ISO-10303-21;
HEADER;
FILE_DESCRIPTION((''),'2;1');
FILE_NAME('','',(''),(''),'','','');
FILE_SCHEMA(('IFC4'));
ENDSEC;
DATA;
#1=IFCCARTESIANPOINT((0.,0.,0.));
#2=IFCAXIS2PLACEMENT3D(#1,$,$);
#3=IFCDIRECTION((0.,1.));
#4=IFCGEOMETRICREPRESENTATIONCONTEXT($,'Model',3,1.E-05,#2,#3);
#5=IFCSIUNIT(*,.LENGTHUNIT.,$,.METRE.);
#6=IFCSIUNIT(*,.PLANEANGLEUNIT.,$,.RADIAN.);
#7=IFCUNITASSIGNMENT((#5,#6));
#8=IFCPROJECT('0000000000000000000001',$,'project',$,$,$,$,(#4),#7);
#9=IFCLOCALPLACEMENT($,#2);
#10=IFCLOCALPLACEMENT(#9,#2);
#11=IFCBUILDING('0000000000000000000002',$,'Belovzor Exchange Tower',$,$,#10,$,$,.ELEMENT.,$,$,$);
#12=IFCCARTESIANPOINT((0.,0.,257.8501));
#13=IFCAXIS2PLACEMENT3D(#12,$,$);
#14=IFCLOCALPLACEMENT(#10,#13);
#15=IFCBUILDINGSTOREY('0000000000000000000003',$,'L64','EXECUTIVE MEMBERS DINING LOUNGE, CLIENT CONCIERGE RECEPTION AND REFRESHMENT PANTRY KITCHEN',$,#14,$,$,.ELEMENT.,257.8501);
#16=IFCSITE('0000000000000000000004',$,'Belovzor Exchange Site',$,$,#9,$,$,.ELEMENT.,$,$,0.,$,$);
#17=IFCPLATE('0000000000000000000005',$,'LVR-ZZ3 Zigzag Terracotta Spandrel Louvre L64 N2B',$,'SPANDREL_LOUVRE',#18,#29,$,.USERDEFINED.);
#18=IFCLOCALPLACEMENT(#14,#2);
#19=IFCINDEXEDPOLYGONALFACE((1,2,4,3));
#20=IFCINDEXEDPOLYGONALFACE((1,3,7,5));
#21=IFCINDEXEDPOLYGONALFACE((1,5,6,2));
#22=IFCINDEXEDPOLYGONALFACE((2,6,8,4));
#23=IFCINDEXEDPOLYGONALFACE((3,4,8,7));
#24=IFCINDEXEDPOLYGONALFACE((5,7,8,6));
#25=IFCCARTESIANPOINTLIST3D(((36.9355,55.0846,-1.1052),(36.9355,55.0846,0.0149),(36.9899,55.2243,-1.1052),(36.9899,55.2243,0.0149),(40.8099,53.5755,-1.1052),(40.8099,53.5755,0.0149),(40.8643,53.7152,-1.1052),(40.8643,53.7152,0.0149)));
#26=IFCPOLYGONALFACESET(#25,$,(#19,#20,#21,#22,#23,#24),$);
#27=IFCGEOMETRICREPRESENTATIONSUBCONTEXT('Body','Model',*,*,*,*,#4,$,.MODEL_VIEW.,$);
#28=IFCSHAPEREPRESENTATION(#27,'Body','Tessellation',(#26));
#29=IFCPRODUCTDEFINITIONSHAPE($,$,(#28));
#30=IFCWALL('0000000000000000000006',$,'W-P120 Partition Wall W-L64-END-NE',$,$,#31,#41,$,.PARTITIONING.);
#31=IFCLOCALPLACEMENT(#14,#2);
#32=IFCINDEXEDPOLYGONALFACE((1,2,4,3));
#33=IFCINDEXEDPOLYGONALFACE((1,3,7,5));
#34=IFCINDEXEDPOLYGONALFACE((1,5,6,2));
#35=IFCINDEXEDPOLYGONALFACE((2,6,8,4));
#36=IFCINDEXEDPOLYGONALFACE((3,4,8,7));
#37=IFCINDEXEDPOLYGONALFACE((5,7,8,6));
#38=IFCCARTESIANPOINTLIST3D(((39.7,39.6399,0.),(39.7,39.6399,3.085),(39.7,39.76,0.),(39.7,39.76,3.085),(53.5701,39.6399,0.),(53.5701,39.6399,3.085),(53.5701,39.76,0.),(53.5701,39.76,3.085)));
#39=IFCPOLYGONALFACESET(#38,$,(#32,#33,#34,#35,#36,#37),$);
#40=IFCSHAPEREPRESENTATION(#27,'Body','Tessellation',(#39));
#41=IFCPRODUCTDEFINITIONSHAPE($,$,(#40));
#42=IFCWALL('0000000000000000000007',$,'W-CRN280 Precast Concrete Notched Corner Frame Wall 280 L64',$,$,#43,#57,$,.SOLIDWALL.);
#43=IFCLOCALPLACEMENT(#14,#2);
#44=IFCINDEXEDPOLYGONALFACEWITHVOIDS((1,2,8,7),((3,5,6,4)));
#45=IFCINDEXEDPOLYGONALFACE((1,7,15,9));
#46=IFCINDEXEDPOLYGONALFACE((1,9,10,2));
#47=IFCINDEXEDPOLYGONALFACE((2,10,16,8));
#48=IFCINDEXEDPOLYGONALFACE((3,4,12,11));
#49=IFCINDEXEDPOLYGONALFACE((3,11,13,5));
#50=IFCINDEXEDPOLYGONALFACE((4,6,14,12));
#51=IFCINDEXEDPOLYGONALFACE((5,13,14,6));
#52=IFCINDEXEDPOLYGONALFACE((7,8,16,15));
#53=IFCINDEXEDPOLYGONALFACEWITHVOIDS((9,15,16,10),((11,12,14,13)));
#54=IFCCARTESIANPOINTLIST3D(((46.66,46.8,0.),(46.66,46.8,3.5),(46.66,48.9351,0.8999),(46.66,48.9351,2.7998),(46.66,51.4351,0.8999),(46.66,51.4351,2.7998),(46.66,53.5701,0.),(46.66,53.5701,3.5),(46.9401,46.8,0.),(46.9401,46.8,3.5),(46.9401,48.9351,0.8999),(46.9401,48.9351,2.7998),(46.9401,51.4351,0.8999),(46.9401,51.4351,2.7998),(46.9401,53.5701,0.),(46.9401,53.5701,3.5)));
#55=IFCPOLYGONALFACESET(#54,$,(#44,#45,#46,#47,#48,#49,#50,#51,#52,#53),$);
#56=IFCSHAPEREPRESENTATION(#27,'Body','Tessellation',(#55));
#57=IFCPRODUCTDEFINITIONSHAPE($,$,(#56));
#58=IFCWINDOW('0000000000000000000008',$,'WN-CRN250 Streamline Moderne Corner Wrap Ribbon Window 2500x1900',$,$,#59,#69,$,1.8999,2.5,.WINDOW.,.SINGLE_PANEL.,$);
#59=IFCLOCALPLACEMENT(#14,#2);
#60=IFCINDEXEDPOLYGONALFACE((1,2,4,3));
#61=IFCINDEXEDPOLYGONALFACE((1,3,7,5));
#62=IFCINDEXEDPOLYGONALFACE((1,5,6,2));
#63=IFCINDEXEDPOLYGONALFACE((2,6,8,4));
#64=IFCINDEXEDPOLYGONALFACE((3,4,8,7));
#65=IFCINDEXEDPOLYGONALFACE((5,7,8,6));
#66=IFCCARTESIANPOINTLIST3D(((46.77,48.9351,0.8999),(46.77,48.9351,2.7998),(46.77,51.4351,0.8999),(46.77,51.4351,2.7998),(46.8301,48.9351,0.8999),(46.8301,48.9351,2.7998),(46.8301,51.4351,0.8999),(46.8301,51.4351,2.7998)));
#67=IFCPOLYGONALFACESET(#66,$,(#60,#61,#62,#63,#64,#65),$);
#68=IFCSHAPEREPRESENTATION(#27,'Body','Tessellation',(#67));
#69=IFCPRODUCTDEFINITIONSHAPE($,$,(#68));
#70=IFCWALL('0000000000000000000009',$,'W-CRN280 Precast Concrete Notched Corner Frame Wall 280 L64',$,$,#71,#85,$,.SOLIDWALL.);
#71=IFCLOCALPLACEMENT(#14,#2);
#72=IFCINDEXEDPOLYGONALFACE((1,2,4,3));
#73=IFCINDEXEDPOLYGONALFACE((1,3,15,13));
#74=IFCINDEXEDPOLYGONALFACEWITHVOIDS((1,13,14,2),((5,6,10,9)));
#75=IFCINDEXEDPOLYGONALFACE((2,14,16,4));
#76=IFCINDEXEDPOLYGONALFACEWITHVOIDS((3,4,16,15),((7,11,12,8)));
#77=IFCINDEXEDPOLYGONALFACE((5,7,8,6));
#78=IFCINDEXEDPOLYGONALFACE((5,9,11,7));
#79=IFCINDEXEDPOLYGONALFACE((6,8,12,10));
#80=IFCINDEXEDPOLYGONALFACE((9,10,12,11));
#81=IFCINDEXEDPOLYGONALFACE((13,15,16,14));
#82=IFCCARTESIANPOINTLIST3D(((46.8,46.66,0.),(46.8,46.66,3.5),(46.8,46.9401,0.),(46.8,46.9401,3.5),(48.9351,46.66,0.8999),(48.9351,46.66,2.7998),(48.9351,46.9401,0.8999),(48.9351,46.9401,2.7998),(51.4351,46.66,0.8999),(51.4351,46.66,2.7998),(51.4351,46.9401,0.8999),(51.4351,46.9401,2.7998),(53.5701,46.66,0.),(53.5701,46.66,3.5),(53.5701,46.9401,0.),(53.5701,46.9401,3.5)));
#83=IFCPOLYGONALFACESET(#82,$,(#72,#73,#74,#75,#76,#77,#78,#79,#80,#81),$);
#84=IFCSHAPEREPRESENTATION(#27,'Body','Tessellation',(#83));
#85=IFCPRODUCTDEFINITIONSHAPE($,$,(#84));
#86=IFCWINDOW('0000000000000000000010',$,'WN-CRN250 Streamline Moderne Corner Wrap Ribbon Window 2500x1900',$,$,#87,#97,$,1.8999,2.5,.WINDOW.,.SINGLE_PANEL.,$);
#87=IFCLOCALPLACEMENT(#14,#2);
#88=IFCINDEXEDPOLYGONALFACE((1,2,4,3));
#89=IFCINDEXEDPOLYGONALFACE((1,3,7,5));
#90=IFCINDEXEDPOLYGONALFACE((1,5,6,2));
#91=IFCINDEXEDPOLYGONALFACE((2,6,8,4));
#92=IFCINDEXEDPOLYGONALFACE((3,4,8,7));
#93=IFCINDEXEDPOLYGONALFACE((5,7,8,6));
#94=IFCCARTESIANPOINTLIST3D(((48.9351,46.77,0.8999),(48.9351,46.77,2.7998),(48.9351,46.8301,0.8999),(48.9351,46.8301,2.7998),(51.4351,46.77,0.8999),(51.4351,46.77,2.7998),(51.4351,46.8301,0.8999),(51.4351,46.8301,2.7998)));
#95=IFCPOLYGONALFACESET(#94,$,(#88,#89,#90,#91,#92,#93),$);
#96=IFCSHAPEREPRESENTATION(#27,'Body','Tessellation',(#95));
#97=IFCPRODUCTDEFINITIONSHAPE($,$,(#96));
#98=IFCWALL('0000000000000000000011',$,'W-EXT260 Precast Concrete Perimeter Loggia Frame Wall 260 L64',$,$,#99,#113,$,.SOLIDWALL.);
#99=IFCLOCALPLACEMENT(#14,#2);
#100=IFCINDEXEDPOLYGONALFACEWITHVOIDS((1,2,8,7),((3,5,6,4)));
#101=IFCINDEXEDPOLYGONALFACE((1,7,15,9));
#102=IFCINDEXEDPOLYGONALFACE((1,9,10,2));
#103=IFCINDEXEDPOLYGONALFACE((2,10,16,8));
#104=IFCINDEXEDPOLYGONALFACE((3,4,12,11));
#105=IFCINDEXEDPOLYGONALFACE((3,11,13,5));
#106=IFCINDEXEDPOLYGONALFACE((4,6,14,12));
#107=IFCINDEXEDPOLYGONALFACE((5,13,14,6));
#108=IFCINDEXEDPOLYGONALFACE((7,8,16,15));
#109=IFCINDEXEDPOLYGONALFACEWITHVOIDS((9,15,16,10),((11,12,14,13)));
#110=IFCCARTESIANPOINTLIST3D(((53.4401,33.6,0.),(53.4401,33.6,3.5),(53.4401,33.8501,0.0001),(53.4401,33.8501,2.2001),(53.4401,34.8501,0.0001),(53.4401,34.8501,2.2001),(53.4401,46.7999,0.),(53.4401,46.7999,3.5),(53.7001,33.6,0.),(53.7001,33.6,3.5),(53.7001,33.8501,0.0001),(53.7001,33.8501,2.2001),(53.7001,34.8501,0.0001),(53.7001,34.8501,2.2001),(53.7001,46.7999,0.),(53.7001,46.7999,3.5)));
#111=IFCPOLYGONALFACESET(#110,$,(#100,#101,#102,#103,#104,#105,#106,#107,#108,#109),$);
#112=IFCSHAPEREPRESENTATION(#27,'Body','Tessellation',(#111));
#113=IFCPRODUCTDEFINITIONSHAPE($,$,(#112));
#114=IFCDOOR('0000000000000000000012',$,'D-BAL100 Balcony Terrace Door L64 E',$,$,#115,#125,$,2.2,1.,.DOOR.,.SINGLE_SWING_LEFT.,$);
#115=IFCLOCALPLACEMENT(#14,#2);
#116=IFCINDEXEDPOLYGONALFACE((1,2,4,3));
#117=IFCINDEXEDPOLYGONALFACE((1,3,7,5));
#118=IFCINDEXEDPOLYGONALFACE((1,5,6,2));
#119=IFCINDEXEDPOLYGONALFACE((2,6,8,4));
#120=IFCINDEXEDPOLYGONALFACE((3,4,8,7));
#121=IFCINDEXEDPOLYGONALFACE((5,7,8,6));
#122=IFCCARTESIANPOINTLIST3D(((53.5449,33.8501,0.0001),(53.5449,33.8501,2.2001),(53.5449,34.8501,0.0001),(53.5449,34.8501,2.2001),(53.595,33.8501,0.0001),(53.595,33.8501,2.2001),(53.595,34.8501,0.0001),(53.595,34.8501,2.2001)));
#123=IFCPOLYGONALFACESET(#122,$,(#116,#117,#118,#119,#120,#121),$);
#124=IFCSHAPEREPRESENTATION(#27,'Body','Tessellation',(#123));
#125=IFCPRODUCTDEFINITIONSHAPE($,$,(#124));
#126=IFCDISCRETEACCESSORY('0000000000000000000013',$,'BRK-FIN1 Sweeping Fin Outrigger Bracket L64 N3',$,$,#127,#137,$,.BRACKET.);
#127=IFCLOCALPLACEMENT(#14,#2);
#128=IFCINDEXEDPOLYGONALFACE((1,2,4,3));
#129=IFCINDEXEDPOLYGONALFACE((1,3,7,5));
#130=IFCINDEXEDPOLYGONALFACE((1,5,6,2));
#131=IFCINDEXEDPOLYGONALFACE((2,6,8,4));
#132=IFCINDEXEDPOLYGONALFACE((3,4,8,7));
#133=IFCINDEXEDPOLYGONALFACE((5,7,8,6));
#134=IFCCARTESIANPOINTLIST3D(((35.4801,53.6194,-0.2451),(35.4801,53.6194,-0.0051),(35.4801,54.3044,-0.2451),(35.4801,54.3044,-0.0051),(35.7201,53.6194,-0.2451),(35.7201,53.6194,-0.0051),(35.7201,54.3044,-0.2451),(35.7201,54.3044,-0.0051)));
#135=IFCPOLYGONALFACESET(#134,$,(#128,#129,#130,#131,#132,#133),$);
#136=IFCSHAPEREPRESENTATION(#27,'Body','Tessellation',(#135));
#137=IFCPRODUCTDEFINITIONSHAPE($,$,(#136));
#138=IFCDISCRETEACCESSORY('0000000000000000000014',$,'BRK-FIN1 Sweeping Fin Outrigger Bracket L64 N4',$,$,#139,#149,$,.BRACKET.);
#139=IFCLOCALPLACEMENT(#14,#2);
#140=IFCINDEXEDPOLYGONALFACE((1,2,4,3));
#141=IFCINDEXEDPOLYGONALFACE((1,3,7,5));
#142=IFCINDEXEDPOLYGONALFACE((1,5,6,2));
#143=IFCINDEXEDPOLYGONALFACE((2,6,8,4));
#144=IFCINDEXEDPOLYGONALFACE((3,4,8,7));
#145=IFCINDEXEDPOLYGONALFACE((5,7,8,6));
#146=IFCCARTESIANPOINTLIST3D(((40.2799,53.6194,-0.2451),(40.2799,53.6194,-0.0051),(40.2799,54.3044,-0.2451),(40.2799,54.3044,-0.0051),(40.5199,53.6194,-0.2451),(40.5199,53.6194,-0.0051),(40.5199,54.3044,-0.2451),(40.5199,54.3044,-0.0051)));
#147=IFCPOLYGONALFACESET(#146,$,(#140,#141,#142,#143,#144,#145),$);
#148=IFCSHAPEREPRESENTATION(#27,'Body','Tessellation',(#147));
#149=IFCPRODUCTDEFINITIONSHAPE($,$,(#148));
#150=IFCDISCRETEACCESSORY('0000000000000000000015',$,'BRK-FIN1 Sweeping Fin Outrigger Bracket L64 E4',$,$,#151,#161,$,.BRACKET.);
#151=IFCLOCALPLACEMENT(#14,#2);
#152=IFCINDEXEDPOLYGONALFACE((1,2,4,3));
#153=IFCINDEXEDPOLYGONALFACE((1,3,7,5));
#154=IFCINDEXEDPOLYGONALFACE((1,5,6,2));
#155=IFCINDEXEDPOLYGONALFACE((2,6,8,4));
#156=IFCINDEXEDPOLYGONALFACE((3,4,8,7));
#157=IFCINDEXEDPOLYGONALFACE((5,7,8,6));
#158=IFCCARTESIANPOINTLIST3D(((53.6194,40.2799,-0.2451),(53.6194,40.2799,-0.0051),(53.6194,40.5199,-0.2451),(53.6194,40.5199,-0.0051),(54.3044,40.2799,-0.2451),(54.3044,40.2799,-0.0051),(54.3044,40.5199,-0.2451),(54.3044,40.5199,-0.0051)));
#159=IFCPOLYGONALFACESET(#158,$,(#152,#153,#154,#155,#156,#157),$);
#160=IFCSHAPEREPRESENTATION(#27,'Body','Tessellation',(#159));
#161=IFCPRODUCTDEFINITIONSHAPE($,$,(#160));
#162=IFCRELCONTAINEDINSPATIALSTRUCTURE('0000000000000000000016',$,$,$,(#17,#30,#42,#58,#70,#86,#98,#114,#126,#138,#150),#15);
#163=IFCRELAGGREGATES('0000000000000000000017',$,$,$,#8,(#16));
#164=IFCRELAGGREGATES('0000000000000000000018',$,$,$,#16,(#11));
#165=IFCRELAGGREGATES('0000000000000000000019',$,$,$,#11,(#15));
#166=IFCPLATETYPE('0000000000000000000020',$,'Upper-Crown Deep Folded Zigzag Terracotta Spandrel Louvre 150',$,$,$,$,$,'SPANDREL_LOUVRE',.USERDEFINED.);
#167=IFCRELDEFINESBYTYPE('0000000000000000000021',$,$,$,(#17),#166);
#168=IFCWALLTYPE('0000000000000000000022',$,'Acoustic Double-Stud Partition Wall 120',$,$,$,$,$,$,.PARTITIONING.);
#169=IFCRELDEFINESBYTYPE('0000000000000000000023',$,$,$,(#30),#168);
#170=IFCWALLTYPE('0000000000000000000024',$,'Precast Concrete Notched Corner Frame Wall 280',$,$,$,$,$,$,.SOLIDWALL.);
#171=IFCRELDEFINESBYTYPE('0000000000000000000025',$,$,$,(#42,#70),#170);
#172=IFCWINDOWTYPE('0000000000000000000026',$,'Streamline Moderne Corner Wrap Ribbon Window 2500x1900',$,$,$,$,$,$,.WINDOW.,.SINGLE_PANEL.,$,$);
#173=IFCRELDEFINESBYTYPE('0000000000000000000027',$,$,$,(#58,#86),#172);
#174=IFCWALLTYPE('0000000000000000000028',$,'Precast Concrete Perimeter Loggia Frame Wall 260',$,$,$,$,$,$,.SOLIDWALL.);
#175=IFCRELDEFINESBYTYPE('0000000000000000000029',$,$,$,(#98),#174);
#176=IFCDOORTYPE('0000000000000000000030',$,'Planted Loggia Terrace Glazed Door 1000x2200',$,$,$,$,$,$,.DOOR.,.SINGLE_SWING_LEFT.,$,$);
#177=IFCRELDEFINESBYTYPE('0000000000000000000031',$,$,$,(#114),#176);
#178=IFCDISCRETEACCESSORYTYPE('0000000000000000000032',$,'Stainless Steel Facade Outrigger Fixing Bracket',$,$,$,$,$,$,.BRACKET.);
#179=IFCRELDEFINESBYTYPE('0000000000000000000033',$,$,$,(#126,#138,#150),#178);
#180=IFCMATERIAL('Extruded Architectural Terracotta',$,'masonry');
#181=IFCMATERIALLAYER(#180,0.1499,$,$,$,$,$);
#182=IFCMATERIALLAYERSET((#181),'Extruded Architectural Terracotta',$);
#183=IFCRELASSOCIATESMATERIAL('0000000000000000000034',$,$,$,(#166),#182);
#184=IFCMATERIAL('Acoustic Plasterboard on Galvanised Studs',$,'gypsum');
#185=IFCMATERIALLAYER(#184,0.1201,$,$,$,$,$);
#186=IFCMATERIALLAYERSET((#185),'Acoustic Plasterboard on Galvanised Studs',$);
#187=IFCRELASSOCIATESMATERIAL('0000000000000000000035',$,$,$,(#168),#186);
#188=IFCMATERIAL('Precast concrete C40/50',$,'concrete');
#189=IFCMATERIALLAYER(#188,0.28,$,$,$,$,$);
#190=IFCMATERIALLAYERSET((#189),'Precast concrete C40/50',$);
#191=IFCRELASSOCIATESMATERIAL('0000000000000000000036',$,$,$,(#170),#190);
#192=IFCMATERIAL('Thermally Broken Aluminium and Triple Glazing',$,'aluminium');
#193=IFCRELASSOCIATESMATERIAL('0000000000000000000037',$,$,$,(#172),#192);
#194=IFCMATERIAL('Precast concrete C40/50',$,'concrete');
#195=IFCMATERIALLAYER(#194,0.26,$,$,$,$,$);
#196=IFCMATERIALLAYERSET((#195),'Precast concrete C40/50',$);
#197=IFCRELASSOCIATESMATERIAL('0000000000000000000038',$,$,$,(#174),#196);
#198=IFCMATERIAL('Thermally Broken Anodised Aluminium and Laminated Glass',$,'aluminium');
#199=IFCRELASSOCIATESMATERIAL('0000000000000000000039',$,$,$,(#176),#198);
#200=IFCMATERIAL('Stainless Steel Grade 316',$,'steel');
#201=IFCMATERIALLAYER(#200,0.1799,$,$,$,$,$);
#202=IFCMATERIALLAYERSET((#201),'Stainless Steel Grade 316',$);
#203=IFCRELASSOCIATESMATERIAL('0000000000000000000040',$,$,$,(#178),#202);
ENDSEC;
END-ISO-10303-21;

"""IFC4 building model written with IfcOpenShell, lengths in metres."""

from ifc_helpers import new_model, si_unit, direction, frame, frame_2d, origin, origin_2d, place, context, subcontext, project, spatial, rectangle, extrude, material, layer, layer_set, type_object, element, fill, save


model = new_model("IFC4")

# Units and contexts
model_context = context("Model", 3, precision=1e-05, world=origin(), true_north=direction((0.0, 1.0)))
body_context = subcontext(model_context, "Body", "Model", "MODEL_VIEW")
ifc_project = project(units=[si_unit("LENGTHUNIT", "METRE"), si_unit("PLANEANGLEUNIT", "RADIAN")], contexts=[model_context])

# Site, building, storey
site_placement = place(None, origin())
site = spatial("IfcSite", under=ifc_project, at=site_placement, Name="Belovzor Exchange Site", CompositionType="ELEMENT", RefElevation=0.0)
building_placement = place(site_placement, origin())
building = spatial("IfcBuilding", under=site, at=building_placement, Name="Belovzor Exchange Tower", CompositionType="ELEMENT")
storey_placement = place(building_placement, frame((0.0, 0.0, 257.8501)))
storey = spatial("IfcBuildingStorey", under=building, at=storey_placement, Name="L64", Description="EXECUTIVE MEMBERS DINING LOUNGE, CLIENT CONCIERGE RECEPTION AND REFRESHMENT PANTRY KITCHEN", CompositionType="ELEMENT", Elevation=257.8501)

# Plate
ifc_material_1 = material(Name="Extruded Architectural Terracotta", Category="masonry")
ifc_layer_1 = layer(ifc_material_1, 0.1499)
ifc_layer_set_1 = layer_set([ifc_layer_1], Name="Extruded Architectural Terracotta")
plate_type = type_object("IfcPlateType", Name="Upper-Crown Deep Folded Zigzag Terracotta Spandrel Louvre 150", ElementType="SPANDREL_LOUVRE", PredefinedType="USERDEFINED", material=ifc_layer_set_1)
plate_placement = place(storey_placement, frame((38.8999, 54.3999, -1.1052), z_axis=(0.0, 0.0, 1.0), x_axis=(0.931818, -0.362926, 0.0)))
element("IfcPlate", 1, at=plate_placement, inside=storey, type_object=plate_type, Name="LVR-ZZ3 Zigzag Terracotta Spandrel Louvre L64 N2B", ObjectType="SPANDREL_LOUVRE", PredefinedType="USERDEFINED", context=body_context, shape_type="SweptSolid", body=[
    extrude(rectangle(XDim=4.158, YDim=0.1499, at=origin_2d()), origin(), (0.0, 0.0, 1.0), 1.1201),
])

# Wall
ifc_material_2 = material(Name="Acoustic Plasterboard on Galvanised Studs", Category="gypsum")
ifc_layer_2 = layer(ifc_material_2, 0.1201)
ifc_layer_set_2 = layer_set([ifc_layer_2], Name="Acoustic Plasterboard on Galvanised Studs")
wall_type_1 = type_object("IfcWallType", Name="Acoustic Double-Stud Partition Wall 120", PredefinedType="PARTITIONING", material=ifc_layer_set_2)
wall_1_placement = place(storey_placement, frame((39.7, 39.7, 0.0), z_axis=(0.0, 0.0, 1.0), x_axis=(1.0, 0.0, 0.0)))
element("IfcWall", 2, at=wall_1_placement, inside=storey, type_object=wall_type_1, Name="W-P120 Partition Wall W-L64-END-NE", PredefinedType="PARTITIONING", context=body_context, shape_type="SweptSolid", body=[
    extrude(rectangle(XDim=13.8701, YDim=0.1201, at=frame_2d((6.9351, 0.0))), origin(), (0.0, 0.0, 1.0), 3.085),
])

# Walls, openings, windows
ifc_material_3 = material(Name="Precast concrete C40/50", Category="concrete")
ifc_layer_3 = layer(ifc_material_3, 0.28)
ifc_layer_set_3 = layer_set([ifc_layer_3], Name="Precast concrete C40/50")
wall_type_2 = type_object("IfcWallType", Name="Precast Concrete Notched Corner Frame Wall 280", PredefinedType="SOLIDWALL", material=ifc_layer_set_3)
wall_2_placement = place(storey_placement, frame((46.8, 53.5701, 0.0), z_axis=(0.0, 0.0, 1.0), x_axis=(0.0, -1.0, 0.0)))
wall_2 = element("IfcWall", 3, at=wall_2_placement, inside=storey, type_object=wall_type_2, Name="W-CRN280 Precast Concrete Notched Corner Frame Wall 280 L64", PredefinedType="SOLIDWALL", context=body_context, shape_type="SweptSolid", body=[
    extrude(rectangle(XDim=6.77, YDim=0.28, at=frame_2d((3.385, 0.0))), origin(), (0.0, 0.0, 1.0), 3.5),
])
opening_1_placement = place(wall_2_placement, frame((2.135, 0.0, 0.8999)))
opening_1 = element("IfcOpeningElement", 4, at=opening_1_placement, cuts=wall_2, PredefinedType="OPENING", context=body_context, shape_type="SweptSolid", body=[
    extrude(rectangle(XDim=2.5, YDim=1.8999, at=frame_2d((1.25, 0.95))), frame((0.0, 0.1499, 0.0), z_axis=(0.0, -1.0, 0.0), x_axis=(1.0, 0.0, 0.0)), (0.0, 0.0, 1.0), 0.3),
])
ifc_material_4 = material(Name="Thermally Broken Aluminium and Triple Glazing", Category="aluminium")
window_type = type_object("IfcWindowType", Name="Streamline Moderne Corner Wrap Ribbon Window 2500x1900", PartitioningType="SINGLE_PANEL", PredefinedType="WINDOW", material=ifc_material_4)
window_1_placement = place(opening_1_placement, origin())
window_1 = element("IfcWindow", 5, at=window_1_placement, inside=storey, type_object=window_type, Name="WN-CRN250 Streamline Moderne Corner Wrap Ribbon Window 2500x1900", OverallHeight=1.8999, OverallWidth=2.5, PartitioningType="SINGLE_PANEL", PredefinedType="WINDOW", context=body_context, shape_type="SweptSolid", body=[
    extrude(rectangle(XDim=2.5, YDim=1.8999, at=frame_2d((1.25, 0.95))), frame((0.0, 0.03, 0.0), z_axis=(0.0, -1.0, 0.0), x_axis=(1.0, 0.0, 0.0)), (0.0, 0.0, 1.0), 0.0601),
])
fill(opening_1, window_1)
wall_3_placement = place(storey_placement, frame((46.8, 46.8, 0.0), z_axis=(0.0, 0.0, 1.0), x_axis=(1.0, 0.0, 0.0)))
wall_3 = element("IfcWall", 6, at=wall_3_placement, inside=storey, type_object=wall_type_2, Name="W-CRN280 Precast Concrete Notched Corner Frame Wall 280 L64", PredefinedType="SOLIDWALL", context=body_context, shape_type="SweptSolid", body=[
    extrude(rectangle(XDim=6.77, YDim=0.28, at=frame_2d((3.385, 0.0))), origin(), (0.0, 0.0, 1.0), 3.5),
])
opening_2_placement = place(wall_3_placement, frame((2.135, 0.0, 0.8999)))
opening_2 = element("IfcOpeningElement", 7, at=opening_2_placement, cuts=wall_3, PredefinedType="OPENING", context=body_context, shape_type="SweptSolid", body=[
    extrude(rectangle(XDim=2.5, YDim=1.8999, at=frame_2d((1.25, 0.95))), frame((0.0, 0.1499, 0.0), z_axis=(0.0, -1.0, 0.0), x_axis=(1.0, 0.0, 0.0)), (0.0, 0.0, 1.0), 0.3),
])
window_2_placement = place(opening_2_placement, origin())
window_2 = element("IfcWindow", 8, at=window_2_placement, inside=storey, type_object=window_type, Name="WN-CRN250 Streamline Moderne Corner Wrap Ribbon Window 2500x1900", OverallHeight=1.8999, OverallWidth=2.5, PartitioningType="SINGLE_PANEL", PredefinedType="WINDOW", context=body_context, shape_type="SweptSolid", body=[
    extrude(rectangle(XDim=2.5, YDim=1.8999, at=frame_2d((1.25, 0.95))), frame((0.0, 0.03, 0.0), z_axis=(0.0, -1.0, 0.0), x_axis=(1.0, 0.0, 0.0)), (0.0, 0.0, 1.0), 0.0601),
])
fill(opening_2, window_2)

# Wall, opening, door
ifc_material_5 = material(Name="Precast concrete C40/50", Category="concrete")
ifc_layer_4 = layer(ifc_material_5, 0.26)
ifc_layer_set_4 = layer_set([ifc_layer_4], Name="Precast concrete C40/50")
wall_type_3 = type_object("IfcWallType", Name="Precast Concrete Perimeter Loggia Frame Wall 260", PredefinedType="SOLIDWALL", material=ifc_layer_set_4)
wall_4_placement = place(storey_placement, frame((53.5701, 46.8, 0.0), z_axis=(0.0, 0.0, 1.0), x_axis=(0.0, -1.0, 0.0)))
wall_4 = element("IfcWall", 9, at=wall_4_placement, inside=storey, type_object=wall_type_3, Name="W-EXT260 Precast Concrete Perimeter Loggia Frame Wall 260 L64", PredefinedType="SOLIDWALL", context=body_context, shape_type="SweptSolid", body=[
    extrude(rectangle(XDim=13.2, YDim=0.26, at=frame_2d((6.6001, 0.0))), origin(), (0.0, 0.0, 1.0), 3.5),
])
opening_3_placement = place(wall_4_placement, frame((11.95, 0.0, 0.0)))
opening_3 = element("IfcOpeningElement", 10, at=opening_3_placement, cuts=wall_4, PredefinedType="OPENING", context=body_context, shape_type="SweptSolid", body=[
    extrude(rectangle(XDim=1.0, YDim=2.2, at=frame_2d((0.5, 1.1001))), frame((0.0, 0.1399, 0.0), z_axis=(0.0, -1.0, 0.0), x_axis=(1.0, 0.0, 0.0)), (0.0, 0.0, 1.0), 0.28),
])
ifc_material_6 = material(Name="Thermally Broken Anodised Aluminium and Laminated Glass", Category="aluminium")
door_type = type_object("IfcDoorType", Name="Planted Loggia Terrace Glazed Door 1000x2200", OperationType="SINGLE_SWING_LEFT", PredefinedType="DOOR", material=ifc_material_6)
door_placement = place(opening_3_placement, origin())
door = element("IfcDoor", 11, at=door_placement, inside=storey, type_object=door_type, Name="D-BAL100 Balcony Terrace Door L64 E", OperationType="SINGLE_SWING_LEFT", OverallHeight=2.2, OverallWidth=1.0, PredefinedType="DOOR", context=body_context, shape_type="SweptSolid", body=[
    extrude(rectangle(XDim=1.0, YDim=2.2, at=frame_2d((0.5, 1.1001))), frame((0.0, 0.0249, 0.0), z_axis=(0.0, -1.0, 0.0), x_axis=(1.0, 0.0, 0.0)), (0.0, 0.0, 1.0), 0.05),
])
fill(opening_3, door)

# Discrete accessories
ifc_material_7 = material(Name="Stainless Steel Grade 316", Category="steel")
ifc_layer_5 = layer(ifc_material_7, 0.1799)
ifc_layer_set_5 = layer_set([ifc_layer_5], Name="Stainless Steel Grade 316")
discrete_accessory_type = type_object("IfcDiscreteAccessoryType", Name="Stainless Steel Facade Outrigger Fixing Bracket", PredefinedType="BRACKET", material=ifc_layer_set_5)
for number, where, z_axis, x_axis, name in (
    (12, (35.6001, 53.9619, -0.2451), (0.0, 0.0, 1.0), (0.0, 1.0, 0.0), "BRK-FIN1 Sweeping Fin Outrigger Bracket L64 N3"),
    (13, (40.3999, 53.9619, -0.2451), (0.0, 0.0, 1.0), (0.0, 1.0, 0.0), "BRK-FIN1 Sweeping Fin Outrigger Bracket L64 N4"),
    (14, (53.9619, 40.3999, -0.2451), (0.0, 0.0, 1.0), (1.0, 0.0, 0.0), "BRK-FIN1 Sweeping Fin Outrigger Bracket L64 E4"),
):
    element("IfcDiscreteAccessory", number, at=place(storey_placement, frame(where, z_axis=z_axis, x_axis=x_axis)), inside=storey, type_object=discrete_accessory_type, Name=name, PredefinedType="BRACKET", context=body_context, shape_type="SweptSolid", body=[
        extrude(rectangle(XDim=0.6851, YDim=0.24, at=origin_2d()), origin(), (0.0, 0.0, 1.0), 0.24),
    ])

save(model, "model.ifc")
